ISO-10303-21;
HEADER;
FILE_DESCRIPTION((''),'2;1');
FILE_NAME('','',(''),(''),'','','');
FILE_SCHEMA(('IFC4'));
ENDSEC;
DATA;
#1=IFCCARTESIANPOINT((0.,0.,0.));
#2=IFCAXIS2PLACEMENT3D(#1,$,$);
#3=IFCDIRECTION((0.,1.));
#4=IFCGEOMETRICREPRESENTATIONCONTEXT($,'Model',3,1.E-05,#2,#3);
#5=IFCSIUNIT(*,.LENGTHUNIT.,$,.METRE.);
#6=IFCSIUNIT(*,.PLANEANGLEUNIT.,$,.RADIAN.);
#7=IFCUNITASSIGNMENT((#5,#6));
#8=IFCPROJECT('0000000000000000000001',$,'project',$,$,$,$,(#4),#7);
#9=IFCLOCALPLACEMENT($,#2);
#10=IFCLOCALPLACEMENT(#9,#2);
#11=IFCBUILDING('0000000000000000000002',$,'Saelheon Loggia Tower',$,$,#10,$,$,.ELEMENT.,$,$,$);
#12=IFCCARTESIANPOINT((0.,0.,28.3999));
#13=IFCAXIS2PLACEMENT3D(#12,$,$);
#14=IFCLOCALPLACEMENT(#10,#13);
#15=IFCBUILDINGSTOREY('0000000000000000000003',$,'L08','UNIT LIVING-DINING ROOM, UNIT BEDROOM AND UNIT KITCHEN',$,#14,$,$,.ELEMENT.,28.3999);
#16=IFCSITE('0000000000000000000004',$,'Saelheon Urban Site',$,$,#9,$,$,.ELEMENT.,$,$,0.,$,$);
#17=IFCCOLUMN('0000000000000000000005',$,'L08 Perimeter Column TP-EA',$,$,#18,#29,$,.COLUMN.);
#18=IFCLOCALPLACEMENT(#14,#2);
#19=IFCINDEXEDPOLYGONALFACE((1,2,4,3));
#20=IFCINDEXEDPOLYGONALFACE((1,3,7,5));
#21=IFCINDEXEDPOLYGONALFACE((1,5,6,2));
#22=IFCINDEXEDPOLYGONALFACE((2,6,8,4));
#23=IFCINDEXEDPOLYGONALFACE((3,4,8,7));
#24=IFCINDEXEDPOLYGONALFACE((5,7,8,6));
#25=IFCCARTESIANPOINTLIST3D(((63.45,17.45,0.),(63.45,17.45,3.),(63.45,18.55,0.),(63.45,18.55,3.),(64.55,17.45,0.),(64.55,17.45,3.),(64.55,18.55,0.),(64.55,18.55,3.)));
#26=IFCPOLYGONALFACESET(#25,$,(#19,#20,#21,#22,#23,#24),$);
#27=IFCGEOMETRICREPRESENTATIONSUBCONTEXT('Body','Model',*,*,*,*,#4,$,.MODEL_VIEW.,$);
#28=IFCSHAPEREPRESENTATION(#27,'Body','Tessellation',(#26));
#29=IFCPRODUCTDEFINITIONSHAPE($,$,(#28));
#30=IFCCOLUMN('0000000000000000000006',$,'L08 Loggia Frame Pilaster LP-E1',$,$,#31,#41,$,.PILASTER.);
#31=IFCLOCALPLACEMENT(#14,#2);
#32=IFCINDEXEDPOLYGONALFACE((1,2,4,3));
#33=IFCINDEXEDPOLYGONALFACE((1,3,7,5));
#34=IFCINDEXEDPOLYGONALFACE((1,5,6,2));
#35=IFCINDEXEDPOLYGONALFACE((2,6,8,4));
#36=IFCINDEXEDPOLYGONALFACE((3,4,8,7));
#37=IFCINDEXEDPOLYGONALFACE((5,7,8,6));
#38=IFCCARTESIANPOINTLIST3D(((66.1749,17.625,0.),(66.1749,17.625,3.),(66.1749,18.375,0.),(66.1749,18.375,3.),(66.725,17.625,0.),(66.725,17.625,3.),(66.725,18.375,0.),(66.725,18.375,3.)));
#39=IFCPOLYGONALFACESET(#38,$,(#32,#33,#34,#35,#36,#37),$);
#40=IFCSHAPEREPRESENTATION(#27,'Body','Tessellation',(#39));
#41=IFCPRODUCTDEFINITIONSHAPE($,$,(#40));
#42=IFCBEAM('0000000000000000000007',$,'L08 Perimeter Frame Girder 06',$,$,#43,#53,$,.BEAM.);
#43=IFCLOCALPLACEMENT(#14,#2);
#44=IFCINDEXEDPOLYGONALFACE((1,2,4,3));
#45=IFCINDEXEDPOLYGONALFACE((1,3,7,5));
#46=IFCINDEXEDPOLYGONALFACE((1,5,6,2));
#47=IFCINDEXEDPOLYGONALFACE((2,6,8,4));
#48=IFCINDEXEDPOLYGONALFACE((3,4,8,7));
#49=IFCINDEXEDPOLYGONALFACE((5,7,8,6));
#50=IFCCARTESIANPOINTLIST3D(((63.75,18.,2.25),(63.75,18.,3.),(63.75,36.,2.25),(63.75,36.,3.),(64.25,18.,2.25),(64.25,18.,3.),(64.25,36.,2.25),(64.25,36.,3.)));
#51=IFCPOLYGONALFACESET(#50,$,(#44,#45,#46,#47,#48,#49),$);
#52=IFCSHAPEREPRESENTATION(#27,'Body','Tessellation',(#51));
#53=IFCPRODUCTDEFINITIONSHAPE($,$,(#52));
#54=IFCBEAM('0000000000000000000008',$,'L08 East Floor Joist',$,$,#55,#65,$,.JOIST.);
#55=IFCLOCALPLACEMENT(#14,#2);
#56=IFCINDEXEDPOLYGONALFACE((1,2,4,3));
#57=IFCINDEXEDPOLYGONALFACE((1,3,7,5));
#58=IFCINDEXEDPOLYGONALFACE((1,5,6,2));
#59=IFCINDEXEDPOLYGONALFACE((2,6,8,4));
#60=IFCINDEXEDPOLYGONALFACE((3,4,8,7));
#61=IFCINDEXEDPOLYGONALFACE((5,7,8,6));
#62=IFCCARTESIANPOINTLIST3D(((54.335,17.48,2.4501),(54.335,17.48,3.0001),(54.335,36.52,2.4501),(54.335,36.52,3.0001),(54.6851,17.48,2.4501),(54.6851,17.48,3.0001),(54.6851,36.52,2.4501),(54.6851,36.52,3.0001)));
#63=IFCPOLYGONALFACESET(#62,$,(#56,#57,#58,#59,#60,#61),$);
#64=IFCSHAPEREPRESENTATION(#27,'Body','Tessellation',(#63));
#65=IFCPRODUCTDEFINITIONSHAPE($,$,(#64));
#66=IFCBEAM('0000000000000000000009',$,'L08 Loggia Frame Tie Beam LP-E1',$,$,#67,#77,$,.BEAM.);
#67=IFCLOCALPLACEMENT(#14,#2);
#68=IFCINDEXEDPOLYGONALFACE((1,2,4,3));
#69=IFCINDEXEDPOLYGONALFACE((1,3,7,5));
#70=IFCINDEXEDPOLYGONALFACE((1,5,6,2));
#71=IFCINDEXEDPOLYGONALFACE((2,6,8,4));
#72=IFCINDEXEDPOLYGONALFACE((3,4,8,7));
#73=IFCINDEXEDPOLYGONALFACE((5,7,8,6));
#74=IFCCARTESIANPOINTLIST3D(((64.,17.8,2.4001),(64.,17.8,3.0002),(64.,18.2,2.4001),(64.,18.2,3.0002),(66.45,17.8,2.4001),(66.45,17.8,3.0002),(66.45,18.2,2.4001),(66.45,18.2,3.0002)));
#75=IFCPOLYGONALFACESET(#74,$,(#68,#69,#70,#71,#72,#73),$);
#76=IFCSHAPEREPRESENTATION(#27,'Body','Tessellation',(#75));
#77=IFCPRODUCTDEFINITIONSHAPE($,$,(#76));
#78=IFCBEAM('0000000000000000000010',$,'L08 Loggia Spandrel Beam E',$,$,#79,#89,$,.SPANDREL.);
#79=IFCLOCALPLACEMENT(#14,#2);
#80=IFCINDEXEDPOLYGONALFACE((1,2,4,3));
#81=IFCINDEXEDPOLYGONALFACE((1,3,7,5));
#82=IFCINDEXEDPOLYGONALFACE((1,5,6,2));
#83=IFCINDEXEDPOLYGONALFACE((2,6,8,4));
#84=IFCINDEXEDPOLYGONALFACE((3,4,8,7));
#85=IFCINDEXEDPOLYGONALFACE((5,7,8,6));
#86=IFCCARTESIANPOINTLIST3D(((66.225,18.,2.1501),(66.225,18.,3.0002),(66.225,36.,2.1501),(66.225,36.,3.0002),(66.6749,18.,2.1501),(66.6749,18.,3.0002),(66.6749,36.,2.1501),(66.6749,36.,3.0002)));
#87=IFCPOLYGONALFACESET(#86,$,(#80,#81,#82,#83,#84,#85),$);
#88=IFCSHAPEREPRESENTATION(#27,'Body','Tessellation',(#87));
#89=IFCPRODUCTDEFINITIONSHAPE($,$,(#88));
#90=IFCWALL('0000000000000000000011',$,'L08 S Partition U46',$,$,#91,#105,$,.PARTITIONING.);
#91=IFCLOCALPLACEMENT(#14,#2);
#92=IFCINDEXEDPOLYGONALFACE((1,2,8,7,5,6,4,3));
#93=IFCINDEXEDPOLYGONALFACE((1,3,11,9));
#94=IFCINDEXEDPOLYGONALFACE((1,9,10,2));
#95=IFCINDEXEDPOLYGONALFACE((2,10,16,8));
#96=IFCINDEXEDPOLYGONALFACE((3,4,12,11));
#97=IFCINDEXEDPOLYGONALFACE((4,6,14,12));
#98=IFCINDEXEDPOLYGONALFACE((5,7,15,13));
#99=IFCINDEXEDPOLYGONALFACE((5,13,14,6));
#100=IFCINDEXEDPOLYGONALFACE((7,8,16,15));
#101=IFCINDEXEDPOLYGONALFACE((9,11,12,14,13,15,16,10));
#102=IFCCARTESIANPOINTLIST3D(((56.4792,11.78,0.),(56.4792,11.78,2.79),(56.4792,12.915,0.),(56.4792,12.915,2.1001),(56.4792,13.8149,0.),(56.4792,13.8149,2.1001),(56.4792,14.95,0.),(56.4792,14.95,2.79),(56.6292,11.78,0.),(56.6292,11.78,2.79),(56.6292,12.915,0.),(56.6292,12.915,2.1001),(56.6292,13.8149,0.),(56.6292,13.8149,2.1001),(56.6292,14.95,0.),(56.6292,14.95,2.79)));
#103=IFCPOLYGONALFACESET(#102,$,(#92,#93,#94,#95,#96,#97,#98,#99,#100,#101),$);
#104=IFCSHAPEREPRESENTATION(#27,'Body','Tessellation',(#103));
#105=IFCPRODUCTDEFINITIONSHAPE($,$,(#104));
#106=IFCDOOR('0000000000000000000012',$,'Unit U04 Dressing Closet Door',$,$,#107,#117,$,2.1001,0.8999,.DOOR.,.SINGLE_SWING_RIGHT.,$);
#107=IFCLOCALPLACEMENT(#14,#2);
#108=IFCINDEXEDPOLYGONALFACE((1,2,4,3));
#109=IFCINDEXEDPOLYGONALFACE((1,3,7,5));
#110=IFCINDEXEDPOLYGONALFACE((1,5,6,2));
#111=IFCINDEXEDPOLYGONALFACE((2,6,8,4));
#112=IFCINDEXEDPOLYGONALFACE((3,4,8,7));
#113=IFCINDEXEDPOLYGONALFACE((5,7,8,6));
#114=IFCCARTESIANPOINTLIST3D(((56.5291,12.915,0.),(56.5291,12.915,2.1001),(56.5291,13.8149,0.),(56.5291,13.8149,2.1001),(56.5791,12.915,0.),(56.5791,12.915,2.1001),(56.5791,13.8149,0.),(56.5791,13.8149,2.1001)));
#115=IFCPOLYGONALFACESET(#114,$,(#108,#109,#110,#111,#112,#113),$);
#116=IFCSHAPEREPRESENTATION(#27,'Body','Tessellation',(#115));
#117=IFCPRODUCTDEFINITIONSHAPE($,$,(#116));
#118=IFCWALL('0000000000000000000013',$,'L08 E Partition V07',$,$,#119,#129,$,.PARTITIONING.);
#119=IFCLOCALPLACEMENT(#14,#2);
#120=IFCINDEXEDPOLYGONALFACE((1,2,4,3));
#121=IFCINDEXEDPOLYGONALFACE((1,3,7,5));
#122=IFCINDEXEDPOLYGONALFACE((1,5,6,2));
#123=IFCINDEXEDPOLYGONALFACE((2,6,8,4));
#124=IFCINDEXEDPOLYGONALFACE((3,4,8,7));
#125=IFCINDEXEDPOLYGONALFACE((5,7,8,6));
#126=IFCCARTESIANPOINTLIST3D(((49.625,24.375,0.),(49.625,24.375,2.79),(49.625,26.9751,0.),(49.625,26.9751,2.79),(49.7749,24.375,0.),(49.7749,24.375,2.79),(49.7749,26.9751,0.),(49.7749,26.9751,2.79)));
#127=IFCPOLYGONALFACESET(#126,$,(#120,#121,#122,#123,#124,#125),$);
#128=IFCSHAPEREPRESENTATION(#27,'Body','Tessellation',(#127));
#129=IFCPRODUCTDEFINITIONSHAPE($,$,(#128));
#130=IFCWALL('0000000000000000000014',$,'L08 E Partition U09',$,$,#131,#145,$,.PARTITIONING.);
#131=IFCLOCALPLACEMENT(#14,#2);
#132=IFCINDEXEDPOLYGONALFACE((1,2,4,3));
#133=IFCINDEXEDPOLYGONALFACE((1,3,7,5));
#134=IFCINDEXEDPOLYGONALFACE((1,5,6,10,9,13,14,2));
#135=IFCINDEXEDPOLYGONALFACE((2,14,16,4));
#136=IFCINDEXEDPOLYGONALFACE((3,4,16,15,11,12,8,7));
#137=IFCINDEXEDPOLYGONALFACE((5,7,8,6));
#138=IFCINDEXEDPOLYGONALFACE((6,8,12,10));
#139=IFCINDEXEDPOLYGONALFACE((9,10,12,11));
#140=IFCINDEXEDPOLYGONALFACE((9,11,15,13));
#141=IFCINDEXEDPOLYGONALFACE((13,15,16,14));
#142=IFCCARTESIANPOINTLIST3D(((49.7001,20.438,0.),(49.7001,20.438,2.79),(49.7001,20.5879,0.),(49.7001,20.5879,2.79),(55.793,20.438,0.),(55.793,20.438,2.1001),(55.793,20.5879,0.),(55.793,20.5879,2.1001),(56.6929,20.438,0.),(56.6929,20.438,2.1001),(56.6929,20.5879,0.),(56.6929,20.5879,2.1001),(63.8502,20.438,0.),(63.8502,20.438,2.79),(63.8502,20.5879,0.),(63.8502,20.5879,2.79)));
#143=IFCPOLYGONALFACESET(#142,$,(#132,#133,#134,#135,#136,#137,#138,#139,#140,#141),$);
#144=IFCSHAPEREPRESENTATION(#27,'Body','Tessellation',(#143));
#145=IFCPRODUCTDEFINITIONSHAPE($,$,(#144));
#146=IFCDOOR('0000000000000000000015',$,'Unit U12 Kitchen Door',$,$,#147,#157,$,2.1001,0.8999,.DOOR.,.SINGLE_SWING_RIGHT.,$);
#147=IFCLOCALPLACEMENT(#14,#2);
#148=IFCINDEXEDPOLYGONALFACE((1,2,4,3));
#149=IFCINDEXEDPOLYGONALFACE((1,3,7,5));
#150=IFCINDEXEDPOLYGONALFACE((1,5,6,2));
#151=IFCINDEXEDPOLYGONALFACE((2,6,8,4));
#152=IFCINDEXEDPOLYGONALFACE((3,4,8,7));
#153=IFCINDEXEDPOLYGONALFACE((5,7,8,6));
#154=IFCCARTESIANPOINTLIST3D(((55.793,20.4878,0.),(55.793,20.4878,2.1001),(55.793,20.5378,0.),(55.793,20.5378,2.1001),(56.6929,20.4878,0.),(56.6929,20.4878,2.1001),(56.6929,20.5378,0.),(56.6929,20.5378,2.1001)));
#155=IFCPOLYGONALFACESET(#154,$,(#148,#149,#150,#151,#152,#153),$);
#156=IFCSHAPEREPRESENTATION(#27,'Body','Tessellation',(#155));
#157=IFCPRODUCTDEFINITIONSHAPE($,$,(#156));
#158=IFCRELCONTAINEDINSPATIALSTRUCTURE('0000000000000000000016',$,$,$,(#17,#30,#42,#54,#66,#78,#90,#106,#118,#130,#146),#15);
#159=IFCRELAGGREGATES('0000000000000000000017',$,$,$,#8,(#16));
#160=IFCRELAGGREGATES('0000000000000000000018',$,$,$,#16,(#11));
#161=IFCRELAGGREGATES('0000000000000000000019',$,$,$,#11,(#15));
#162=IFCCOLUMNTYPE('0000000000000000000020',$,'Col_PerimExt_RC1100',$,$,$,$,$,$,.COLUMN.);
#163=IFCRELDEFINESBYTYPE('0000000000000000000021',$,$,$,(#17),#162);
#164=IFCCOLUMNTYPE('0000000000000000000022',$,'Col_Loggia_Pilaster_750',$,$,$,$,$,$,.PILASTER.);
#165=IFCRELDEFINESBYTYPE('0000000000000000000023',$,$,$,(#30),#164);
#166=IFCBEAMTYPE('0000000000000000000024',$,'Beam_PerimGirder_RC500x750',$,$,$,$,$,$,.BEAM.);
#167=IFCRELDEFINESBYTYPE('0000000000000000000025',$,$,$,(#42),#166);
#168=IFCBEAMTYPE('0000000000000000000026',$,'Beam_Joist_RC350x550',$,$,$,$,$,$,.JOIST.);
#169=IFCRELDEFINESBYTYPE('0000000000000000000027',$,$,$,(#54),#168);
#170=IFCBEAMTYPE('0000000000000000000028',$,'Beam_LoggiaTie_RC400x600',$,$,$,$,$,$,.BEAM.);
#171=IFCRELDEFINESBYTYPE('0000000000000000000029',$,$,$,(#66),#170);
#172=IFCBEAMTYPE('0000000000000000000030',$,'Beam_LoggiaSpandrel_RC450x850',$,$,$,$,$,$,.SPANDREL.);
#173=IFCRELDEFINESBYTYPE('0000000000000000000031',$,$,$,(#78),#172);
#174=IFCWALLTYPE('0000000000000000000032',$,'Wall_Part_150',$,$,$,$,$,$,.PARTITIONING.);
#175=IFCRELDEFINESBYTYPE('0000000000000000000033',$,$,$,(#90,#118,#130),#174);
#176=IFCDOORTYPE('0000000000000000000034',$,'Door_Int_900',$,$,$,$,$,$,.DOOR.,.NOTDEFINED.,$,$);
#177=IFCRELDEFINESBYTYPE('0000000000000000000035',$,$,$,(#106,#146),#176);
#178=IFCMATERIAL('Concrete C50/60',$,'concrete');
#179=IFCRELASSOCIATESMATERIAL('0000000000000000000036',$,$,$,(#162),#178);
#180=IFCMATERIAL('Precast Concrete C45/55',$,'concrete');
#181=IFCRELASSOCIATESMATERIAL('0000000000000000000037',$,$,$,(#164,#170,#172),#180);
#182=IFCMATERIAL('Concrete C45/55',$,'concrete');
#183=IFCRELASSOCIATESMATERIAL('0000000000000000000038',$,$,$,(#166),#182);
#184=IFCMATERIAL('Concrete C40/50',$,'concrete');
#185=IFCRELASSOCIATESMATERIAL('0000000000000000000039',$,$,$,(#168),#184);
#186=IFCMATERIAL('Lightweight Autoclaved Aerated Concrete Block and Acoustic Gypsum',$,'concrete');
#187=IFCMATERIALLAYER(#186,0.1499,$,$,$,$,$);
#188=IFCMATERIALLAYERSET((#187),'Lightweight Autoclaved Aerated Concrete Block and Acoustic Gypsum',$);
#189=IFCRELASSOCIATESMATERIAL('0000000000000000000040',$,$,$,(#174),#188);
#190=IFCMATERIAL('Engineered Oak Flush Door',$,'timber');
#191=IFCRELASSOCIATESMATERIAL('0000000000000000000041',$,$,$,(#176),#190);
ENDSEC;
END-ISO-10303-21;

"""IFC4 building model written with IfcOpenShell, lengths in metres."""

from ifc_helpers import new_model, si_unit, direction, frame, frame_2d, origin, origin_2d, place, context, subcontext, project, spatial, rectangle, extrude, source, transform, mapped, material, layer, layer_set, material_profile, profile_set, type_object, element, fill, save


model = new_model("IFC4")

# Units and contexts
model_context = context("Model", 3, precision=1e-05, world=origin(), true_north=direction((0.0, 1.0)))
body_context = subcontext(model_context, "Body", "Model", "MODEL_VIEW")
ifc_project = project(units=[si_unit("LENGTHUNIT", "METRE"), si_unit("PLANEANGLEUNIT", "RADIAN")], contexts=[model_context])

# Site, building, storey
site_placement = place(None, origin())
site = spatial("IfcSite", under=ifc_project, at=site_placement, Name="Saelheon Urban Site", CompositionType="ELEMENT", RefElevation=0.0)
building_placement = place(site_placement, origin())
building = spatial("IfcBuilding", under=site, at=building_placement, Name="Saelheon Loggia Tower", CompositionType="ELEMENT")
storey_placement = place(building_placement, frame((0.0, 0.0, 28.3999)))
storey = spatial("IfcBuildingStorey", under=building, at=storey_placement, Name="L08", Description="UNIT LIVING-DINING ROOM, UNIT BEDROOM AND UNIT KITCHEN", CompositionType="ELEMENT", Elevation=28.3999)

# Columns
ifc_material_1 = material(Name="Concrete C50/60", Category="concrete")
ifc_material_profile_1 = material_profile(ifc_material_1, rectangle(XDim=1.1001, YDim=1.1001, at=origin_2d()), Name="RC-1100x1100")
ifc_profile_set_1 = profile_set([ifc_material_profile_1], Name="Concrete C50/60")
column_type_1 = type_object("IfcColumnType", Name="Col_PerimExt_RC1100", PredefinedType="COLUMN", material=ifc_profile_set_1)
shared_shape_1 = source(origin(), body_context, "Body", "SweptSolid", [
    extrude(rectangle(XDim=1.1001, YDim=1.1001, at=origin_2d()), origin(), (0.0, 0.0, 1.0), 3.0),
])
column_1_placement = place(storey_placement, frame((64.0, 18.0, 0.0), z_axis=(0.0, 0.0, 1.0), x_axis=(1.0, 0.0, 0.0)))
element("IfcColumn", 1, at=column_1_placement, inside=storey, type_object=column_type_1, Name="L08 Perimeter Column TP-EA", PredefinedType="COLUMN", context=body_context, shape_type="MappedRepresentation", body=[
    mapped(shared_shape_1, transform((0.0, 0.0, 0.0), scale=1.0)),
])
ifc_material_2 = material(Name="Precast Concrete C45/55", Category="concrete")
ifc_material_profile_2 = material_profile(ifc_material_2, rectangle(XDim=0.55, YDim=0.75, at=origin_2d()), Name="RC-550x750")
ifc_profile_set_2 = profile_set([ifc_material_profile_2], Name="Precast Concrete C45/55")
column_type_2 = type_object("IfcColumnType", Name="Col_Loggia_Pilaster_750", PredefinedType="PILASTER", material=ifc_profile_set_2)
shared_shape_2 = source(origin(), body_context, "Body", "SweptSolid", [
    extrude(rectangle(XDim=0.55, YDim=0.75, at=origin_2d()), origin(), (0.0, 0.0, 1.0), 3.0),
])
column_2_placement = place(storey_placement, frame((66.45, 18.0, 0.0), z_axis=(0.0, 0.0, 1.0), x_axis=(1.0, 0.0, 0.0)))
element("IfcColumn", 2, at=column_2_placement, inside=storey, type_object=column_type_2, Name="L08 Loggia Frame Pilaster LP-E1", PredefinedType="PILASTER", context=body_context, shape_type="MappedRepresentation", body=[
    mapped(shared_shape_2, transform((0.0, 0.0, 0.0), scale=1.0)),
])

# Beams
ifc_material_3 = material(Name="Concrete C45/55", Category="concrete")
ifc_material_profile_3 = material_profile(ifc_material_3, rectangle(XDim=0.5, YDim=0.75, at=origin_2d()), Name="RC-500x750")
ifc_profile_set_3 = profile_set([ifc_material_profile_3], Name="Concrete C45/55")
beam_type_1 = type_object("IfcBeamType", Name="Beam_PerimGirder_RC500x750", PredefinedType="BEAM", material=ifc_profile_set_3)
shared_shape_3 = source(origin(), body_context, "Body", "SweptSolid", [
    extrude(rectangle(XDim=0.5, YDim=0.75, at=origin_2d()), origin(), (0.0, 0.0, 1.0), 18.0),
])
beam_1_placement = place(storey_placement, frame((64.0, 18.0, 2.625), z_axis=(0.0, 1.0, 0.0), x_axis=(-1.0, 0.0, 0.0)))
element("IfcBeam", 3, at=beam_1_placement, inside=storey, type_object=beam_type_1, Name="L08 Perimeter Frame Girder 06", PredefinedType="BEAM", context=body_context, shape_type="MappedRepresentation", body=[
    mapped(shared_shape_3, transform((0.0, 0.0, 0.0), scale=1.0)),
])
ifc_material_4 = material(Name="Concrete C40/50", Category="concrete")
ifc_material_profile_4 = material_profile(ifc_material_4, rectangle(XDim=0.3501, YDim=0.55, at=origin_2d()), Name="RC-350x550")
ifc_profile_set_4 = profile_set([ifc_material_profile_4], Name="Concrete C40/50")
beam_type_2 = type_object("IfcBeamType", Name="Beam_Joist_RC350x550", PredefinedType="JOIST", material=ifc_profile_set_4)
shared_shape_4 = source(origin(), body_context, "Body", "SweptSolid", [
    extrude(rectangle(XDim=0.3501, YDim=0.55, at=origin_2d()), origin(), (0.0, 0.0, 1.0), 19.04),
])
beam_2_placement = place(storey_placement, frame((54.51, 17.48, 2.7251), z_axis=(0.0, 1.0, 0.0), x_axis=(-1.0, 0.0, 0.0)))
element("IfcBeam", 4, at=beam_2_placement, inside=storey, type_object=beam_type_2, Name="L08 East Floor Joist", PredefinedType="JOIST", context=body_context, shape_type="MappedRepresentation", body=[
    mapped(shared_shape_4, transform((0.0, 0.0, 0.0), scale=1.0)),
])
ifc_material_profile_5 = material_profile(ifc_material_2, rectangle(XDim=0.3999, YDim=0.6001, at=origin_2d()), Name="RC-400x600")
ifc_profile_set_5 = profile_set([ifc_material_profile_5], Name="Precast Concrete C45/55")
beam_type_3 = type_object("IfcBeamType", Name="Beam_LoggiaTie_RC400x600", PredefinedType="BEAM", material=ifc_profile_set_5)
shared_shape_5 = source(origin(), body_context, "Body", "SweptSolid", [
    extrude(rectangle(XDim=0.3999, YDim=0.6001, at=origin_2d()), origin(), (0.0, 0.0, 1.0), 2.45),
])
beam_3_placement = place(storey_placement, frame((64.0, 18.0, 2.7002), z_axis=(1.0, 0.0, 0.0), x_axis=(0.0, 1.0, 0.0)))
element("IfcBeam", 5, at=beam_3_placement, inside=storey, type_object=beam_type_3, Name="L08 Loggia Frame Tie Beam LP-E1", PredefinedType="BEAM", context=body_context, shape_type="MappedRepresentation", body=[
    mapped(shared_shape_5, transform((0.0, 0.0, 0.0), scale=1.0)),
])
ifc_material_profile_6 = material_profile(ifc_material_2, rectangle(XDim=0.45, YDim=0.8501, at=origin_2d()), Name="RC-450x850")
ifc_profile_set_6 = profile_set([ifc_material_profile_6], Name="Precast Concrete C45/55")
beam_type_4 = type_object("IfcBeamType", Name="Beam_LoggiaSpandrel_RC450x850", PredefinedType="SPANDREL", material=ifc_profile_set_6)
shared_shape_6 = source(origin(), body_context, "Body", "SweptSolid", [
    extrude(rectangle(XDim=0.45, YDim=0.8501, at=origin_2d()), origin(), (0.0, 0.0, 1.0), 18.0),
])
beam_4_placement = place(storey_placement, frame((66.45, 18.0, 2.5752), z_axis=(0.0, 1.0, 0.0), x_axis=(-1.0, 0.0, 0.0)))
element("IfcBeam", 6, at=beam_4_placement, inside=storey, type_object=beam_type_4, Name="L08 Loggia Spandrel Beam E", PredefinedType="SPANDREL", context=body_context, shape_type="MappedRepresentation", body=[
    mapped(shared_shape_6, transform((0.0, 0.0, 0.0), scale=1.0)),
])

# Wall, opening, door
ifc_material_5 = material(Name="Lightweight Autoclaved Aerated Concrete Block and Acoustic Gypsum", Category="concrete")
ifc_layer_1 = layer(ifc_material_5, 0.1499)
ifc_layer_set_1 = layer_set([ifc_layer_1], Name="Lightweight Autoclaved Aerated Concrete Block and Acoustic Gypsum")
wall_type_1 = type_object("IfcWallType", Name="Wall_Part_150", PredefinedType="PARTITIONING", material=ifc_layer_set_1)
wall_1_placement = place(storey_placement, frame((56.5542, 14.95, 0.0), z_axis=(0.0, 0.0, 1.0), x_axis=(0.0, -1.0, 0.0)))
wall_1 = element("IfcWall", 7, at=wall_1_placement, inside=storey, type_object=wall_type_1, Name="L08 S Partition U46", PredefinedType="PARTITIONING", context=body_context, shape_type="SweptSolid", body=[
    extrude(rectangle(XDim=3.1699, YDim=0.1499, at=frame_2d((1.585, 0.0))), origin(), (0.0, 0.0, 1.0), 2.79),
])
opening_1_placement = place(wall_1_placement, frame((1.135, 0.0, 0.0)))
opening_1 = element("IfcOpeningElement", 8, at=opening_1_placement, cuts=wall_1, PredefinedType="OPENING", context=body_context, shape_type="SweptSolid", body=[
    extrude(rectangle(XDim=0.8999, YDim=2.1001, at=frame_2d((0.45, 1.05))), frame((0.0, 0.0869, 0.0), z_axis=(0.0, -1.0, 0.0), x_axis=(1.0, 0.0, 0.0)), (0.0, 0.0, 1.0), 0.1738),
])
ifc_material_6 = material(Name="Engineered Oak Flush Door", Category="timber")
door_type_1 = type_object("IfcDoorType", Name="Door_Int_900", OperationType="NOTDEFINED", PredefinedType="DOOR", material=ifc_material_6)
shared_shape_7 = source(origin(), body_context, "Body", "SweptSolid", [
    extrude(rectangle(XDim=0.8999, YDim=2.1001, at=frame_2d((0.45, 1.05))), frame((0.0, 0.0249, 0.0), z_axis=(0.0, -1.0, 0.0), x_axis=(1.0, 0.0, 0.0)), (0.0, 0.0, 1.0), 0.05),
])
door_1_placement = place(opening_1_placement, origin())
door_1 = element("IfcDoor", 9, at=door_1_placement, inside=storey, type_object=door_type_1, Name="Unit U04 Dressing Closet Door", OperationType="SINGLE_SWING_RIGHT", OverallHeight=2.1001, OverallWidth=0.8999, PredefinedType="DOOR", context=body_context, shape_type="MappedRepresentation", body=[
    mapped(shared_shape_7, transform((0.0, 0.0, 0.0), scale=1.0)),
])
fill(opening_1, door_1)

# Wall
wall_2_placement = place(storey_placement, frame((49.7, 24.375, 0.0), z_axis=(0.0, 0.0, 1.0), x_axis=(0.0, 1.0, 0.0)))
element("IfcWall", 10, at=wall_2_placement, inside=storey, type_object=wall_type_1, Name="L08 E Partition V07", PredefinedType="PARTITIONING", context=body_context, shape_type="SweptSolid", body=[
    extrude(rectangle(XDim=2.6001, YDim=0.1499, at=frame_2d((1.3, 0.0))), origin(), (0.0, 0.0, 1.0), 2.79),
])

# Wall, opening, door
wall_3_placement = place(storey_placement, frame((49.7, 20.5129, 0.0), z_axis=(0.0, 0.0, 1.0), x_axis=(1.0, 0.0, 0.0)))
wall_3 = element("IfcWall", 11, at=wall_3_placement, inside=storey, type_object=wall_type_1, Name="L08 E Partition U09", PredefinedType="PARTITIONING", context=body_context, shape_type="SweptSolid", body=[
    extrude(rectangle(XDim=14.1501, YDim=0.1499, at=frame_2d((7.0752, 0.0))), origin(), (0.0, 0.0, 1.0), 2.79),
])
opening_2_placement = place(wall_3_placement, frame((6.093, 0.0, 0.0)))
opening_2 = element("IfcOpeningElement", 12, at=opening_2_placement, cuts=wall_3, PredefinedType="OPENING", context=body_context, shape_type="SweptSolid", body=[
    extrude(rectangle(XDim=0.8999, YDim=2.1001, at=frame_2d((0.45, 1.05))), frame((0.0, 0.0869, 0.0), z_axis=(0.0, -1.0, 0.0), x_axis=(1.0, 0.0, 0.0)), (0.0, 0.0, 1.0), 0.1738),
])
door_2_placement = place(opening_2_placement, origin())
door_2 = element("IfcDoor", 13, at=door_2_placement, inside=storey, type_object=door_type_1, Name="Unit U12 Kitchen Door", OperationType="SINGLE_SWING_RIGHT", OverallHeight=2.1001, OverallWidth=0.8999, PredefinedType="DOOR", context=body_context, shape_type="MappedRepresentation", body=[
    mapped(shared_shape_7, transform((0.0, 0.0, 0.0), scale=1.0)),
])
fill(opening_2, door_2)

save(model, "model.ifc")
